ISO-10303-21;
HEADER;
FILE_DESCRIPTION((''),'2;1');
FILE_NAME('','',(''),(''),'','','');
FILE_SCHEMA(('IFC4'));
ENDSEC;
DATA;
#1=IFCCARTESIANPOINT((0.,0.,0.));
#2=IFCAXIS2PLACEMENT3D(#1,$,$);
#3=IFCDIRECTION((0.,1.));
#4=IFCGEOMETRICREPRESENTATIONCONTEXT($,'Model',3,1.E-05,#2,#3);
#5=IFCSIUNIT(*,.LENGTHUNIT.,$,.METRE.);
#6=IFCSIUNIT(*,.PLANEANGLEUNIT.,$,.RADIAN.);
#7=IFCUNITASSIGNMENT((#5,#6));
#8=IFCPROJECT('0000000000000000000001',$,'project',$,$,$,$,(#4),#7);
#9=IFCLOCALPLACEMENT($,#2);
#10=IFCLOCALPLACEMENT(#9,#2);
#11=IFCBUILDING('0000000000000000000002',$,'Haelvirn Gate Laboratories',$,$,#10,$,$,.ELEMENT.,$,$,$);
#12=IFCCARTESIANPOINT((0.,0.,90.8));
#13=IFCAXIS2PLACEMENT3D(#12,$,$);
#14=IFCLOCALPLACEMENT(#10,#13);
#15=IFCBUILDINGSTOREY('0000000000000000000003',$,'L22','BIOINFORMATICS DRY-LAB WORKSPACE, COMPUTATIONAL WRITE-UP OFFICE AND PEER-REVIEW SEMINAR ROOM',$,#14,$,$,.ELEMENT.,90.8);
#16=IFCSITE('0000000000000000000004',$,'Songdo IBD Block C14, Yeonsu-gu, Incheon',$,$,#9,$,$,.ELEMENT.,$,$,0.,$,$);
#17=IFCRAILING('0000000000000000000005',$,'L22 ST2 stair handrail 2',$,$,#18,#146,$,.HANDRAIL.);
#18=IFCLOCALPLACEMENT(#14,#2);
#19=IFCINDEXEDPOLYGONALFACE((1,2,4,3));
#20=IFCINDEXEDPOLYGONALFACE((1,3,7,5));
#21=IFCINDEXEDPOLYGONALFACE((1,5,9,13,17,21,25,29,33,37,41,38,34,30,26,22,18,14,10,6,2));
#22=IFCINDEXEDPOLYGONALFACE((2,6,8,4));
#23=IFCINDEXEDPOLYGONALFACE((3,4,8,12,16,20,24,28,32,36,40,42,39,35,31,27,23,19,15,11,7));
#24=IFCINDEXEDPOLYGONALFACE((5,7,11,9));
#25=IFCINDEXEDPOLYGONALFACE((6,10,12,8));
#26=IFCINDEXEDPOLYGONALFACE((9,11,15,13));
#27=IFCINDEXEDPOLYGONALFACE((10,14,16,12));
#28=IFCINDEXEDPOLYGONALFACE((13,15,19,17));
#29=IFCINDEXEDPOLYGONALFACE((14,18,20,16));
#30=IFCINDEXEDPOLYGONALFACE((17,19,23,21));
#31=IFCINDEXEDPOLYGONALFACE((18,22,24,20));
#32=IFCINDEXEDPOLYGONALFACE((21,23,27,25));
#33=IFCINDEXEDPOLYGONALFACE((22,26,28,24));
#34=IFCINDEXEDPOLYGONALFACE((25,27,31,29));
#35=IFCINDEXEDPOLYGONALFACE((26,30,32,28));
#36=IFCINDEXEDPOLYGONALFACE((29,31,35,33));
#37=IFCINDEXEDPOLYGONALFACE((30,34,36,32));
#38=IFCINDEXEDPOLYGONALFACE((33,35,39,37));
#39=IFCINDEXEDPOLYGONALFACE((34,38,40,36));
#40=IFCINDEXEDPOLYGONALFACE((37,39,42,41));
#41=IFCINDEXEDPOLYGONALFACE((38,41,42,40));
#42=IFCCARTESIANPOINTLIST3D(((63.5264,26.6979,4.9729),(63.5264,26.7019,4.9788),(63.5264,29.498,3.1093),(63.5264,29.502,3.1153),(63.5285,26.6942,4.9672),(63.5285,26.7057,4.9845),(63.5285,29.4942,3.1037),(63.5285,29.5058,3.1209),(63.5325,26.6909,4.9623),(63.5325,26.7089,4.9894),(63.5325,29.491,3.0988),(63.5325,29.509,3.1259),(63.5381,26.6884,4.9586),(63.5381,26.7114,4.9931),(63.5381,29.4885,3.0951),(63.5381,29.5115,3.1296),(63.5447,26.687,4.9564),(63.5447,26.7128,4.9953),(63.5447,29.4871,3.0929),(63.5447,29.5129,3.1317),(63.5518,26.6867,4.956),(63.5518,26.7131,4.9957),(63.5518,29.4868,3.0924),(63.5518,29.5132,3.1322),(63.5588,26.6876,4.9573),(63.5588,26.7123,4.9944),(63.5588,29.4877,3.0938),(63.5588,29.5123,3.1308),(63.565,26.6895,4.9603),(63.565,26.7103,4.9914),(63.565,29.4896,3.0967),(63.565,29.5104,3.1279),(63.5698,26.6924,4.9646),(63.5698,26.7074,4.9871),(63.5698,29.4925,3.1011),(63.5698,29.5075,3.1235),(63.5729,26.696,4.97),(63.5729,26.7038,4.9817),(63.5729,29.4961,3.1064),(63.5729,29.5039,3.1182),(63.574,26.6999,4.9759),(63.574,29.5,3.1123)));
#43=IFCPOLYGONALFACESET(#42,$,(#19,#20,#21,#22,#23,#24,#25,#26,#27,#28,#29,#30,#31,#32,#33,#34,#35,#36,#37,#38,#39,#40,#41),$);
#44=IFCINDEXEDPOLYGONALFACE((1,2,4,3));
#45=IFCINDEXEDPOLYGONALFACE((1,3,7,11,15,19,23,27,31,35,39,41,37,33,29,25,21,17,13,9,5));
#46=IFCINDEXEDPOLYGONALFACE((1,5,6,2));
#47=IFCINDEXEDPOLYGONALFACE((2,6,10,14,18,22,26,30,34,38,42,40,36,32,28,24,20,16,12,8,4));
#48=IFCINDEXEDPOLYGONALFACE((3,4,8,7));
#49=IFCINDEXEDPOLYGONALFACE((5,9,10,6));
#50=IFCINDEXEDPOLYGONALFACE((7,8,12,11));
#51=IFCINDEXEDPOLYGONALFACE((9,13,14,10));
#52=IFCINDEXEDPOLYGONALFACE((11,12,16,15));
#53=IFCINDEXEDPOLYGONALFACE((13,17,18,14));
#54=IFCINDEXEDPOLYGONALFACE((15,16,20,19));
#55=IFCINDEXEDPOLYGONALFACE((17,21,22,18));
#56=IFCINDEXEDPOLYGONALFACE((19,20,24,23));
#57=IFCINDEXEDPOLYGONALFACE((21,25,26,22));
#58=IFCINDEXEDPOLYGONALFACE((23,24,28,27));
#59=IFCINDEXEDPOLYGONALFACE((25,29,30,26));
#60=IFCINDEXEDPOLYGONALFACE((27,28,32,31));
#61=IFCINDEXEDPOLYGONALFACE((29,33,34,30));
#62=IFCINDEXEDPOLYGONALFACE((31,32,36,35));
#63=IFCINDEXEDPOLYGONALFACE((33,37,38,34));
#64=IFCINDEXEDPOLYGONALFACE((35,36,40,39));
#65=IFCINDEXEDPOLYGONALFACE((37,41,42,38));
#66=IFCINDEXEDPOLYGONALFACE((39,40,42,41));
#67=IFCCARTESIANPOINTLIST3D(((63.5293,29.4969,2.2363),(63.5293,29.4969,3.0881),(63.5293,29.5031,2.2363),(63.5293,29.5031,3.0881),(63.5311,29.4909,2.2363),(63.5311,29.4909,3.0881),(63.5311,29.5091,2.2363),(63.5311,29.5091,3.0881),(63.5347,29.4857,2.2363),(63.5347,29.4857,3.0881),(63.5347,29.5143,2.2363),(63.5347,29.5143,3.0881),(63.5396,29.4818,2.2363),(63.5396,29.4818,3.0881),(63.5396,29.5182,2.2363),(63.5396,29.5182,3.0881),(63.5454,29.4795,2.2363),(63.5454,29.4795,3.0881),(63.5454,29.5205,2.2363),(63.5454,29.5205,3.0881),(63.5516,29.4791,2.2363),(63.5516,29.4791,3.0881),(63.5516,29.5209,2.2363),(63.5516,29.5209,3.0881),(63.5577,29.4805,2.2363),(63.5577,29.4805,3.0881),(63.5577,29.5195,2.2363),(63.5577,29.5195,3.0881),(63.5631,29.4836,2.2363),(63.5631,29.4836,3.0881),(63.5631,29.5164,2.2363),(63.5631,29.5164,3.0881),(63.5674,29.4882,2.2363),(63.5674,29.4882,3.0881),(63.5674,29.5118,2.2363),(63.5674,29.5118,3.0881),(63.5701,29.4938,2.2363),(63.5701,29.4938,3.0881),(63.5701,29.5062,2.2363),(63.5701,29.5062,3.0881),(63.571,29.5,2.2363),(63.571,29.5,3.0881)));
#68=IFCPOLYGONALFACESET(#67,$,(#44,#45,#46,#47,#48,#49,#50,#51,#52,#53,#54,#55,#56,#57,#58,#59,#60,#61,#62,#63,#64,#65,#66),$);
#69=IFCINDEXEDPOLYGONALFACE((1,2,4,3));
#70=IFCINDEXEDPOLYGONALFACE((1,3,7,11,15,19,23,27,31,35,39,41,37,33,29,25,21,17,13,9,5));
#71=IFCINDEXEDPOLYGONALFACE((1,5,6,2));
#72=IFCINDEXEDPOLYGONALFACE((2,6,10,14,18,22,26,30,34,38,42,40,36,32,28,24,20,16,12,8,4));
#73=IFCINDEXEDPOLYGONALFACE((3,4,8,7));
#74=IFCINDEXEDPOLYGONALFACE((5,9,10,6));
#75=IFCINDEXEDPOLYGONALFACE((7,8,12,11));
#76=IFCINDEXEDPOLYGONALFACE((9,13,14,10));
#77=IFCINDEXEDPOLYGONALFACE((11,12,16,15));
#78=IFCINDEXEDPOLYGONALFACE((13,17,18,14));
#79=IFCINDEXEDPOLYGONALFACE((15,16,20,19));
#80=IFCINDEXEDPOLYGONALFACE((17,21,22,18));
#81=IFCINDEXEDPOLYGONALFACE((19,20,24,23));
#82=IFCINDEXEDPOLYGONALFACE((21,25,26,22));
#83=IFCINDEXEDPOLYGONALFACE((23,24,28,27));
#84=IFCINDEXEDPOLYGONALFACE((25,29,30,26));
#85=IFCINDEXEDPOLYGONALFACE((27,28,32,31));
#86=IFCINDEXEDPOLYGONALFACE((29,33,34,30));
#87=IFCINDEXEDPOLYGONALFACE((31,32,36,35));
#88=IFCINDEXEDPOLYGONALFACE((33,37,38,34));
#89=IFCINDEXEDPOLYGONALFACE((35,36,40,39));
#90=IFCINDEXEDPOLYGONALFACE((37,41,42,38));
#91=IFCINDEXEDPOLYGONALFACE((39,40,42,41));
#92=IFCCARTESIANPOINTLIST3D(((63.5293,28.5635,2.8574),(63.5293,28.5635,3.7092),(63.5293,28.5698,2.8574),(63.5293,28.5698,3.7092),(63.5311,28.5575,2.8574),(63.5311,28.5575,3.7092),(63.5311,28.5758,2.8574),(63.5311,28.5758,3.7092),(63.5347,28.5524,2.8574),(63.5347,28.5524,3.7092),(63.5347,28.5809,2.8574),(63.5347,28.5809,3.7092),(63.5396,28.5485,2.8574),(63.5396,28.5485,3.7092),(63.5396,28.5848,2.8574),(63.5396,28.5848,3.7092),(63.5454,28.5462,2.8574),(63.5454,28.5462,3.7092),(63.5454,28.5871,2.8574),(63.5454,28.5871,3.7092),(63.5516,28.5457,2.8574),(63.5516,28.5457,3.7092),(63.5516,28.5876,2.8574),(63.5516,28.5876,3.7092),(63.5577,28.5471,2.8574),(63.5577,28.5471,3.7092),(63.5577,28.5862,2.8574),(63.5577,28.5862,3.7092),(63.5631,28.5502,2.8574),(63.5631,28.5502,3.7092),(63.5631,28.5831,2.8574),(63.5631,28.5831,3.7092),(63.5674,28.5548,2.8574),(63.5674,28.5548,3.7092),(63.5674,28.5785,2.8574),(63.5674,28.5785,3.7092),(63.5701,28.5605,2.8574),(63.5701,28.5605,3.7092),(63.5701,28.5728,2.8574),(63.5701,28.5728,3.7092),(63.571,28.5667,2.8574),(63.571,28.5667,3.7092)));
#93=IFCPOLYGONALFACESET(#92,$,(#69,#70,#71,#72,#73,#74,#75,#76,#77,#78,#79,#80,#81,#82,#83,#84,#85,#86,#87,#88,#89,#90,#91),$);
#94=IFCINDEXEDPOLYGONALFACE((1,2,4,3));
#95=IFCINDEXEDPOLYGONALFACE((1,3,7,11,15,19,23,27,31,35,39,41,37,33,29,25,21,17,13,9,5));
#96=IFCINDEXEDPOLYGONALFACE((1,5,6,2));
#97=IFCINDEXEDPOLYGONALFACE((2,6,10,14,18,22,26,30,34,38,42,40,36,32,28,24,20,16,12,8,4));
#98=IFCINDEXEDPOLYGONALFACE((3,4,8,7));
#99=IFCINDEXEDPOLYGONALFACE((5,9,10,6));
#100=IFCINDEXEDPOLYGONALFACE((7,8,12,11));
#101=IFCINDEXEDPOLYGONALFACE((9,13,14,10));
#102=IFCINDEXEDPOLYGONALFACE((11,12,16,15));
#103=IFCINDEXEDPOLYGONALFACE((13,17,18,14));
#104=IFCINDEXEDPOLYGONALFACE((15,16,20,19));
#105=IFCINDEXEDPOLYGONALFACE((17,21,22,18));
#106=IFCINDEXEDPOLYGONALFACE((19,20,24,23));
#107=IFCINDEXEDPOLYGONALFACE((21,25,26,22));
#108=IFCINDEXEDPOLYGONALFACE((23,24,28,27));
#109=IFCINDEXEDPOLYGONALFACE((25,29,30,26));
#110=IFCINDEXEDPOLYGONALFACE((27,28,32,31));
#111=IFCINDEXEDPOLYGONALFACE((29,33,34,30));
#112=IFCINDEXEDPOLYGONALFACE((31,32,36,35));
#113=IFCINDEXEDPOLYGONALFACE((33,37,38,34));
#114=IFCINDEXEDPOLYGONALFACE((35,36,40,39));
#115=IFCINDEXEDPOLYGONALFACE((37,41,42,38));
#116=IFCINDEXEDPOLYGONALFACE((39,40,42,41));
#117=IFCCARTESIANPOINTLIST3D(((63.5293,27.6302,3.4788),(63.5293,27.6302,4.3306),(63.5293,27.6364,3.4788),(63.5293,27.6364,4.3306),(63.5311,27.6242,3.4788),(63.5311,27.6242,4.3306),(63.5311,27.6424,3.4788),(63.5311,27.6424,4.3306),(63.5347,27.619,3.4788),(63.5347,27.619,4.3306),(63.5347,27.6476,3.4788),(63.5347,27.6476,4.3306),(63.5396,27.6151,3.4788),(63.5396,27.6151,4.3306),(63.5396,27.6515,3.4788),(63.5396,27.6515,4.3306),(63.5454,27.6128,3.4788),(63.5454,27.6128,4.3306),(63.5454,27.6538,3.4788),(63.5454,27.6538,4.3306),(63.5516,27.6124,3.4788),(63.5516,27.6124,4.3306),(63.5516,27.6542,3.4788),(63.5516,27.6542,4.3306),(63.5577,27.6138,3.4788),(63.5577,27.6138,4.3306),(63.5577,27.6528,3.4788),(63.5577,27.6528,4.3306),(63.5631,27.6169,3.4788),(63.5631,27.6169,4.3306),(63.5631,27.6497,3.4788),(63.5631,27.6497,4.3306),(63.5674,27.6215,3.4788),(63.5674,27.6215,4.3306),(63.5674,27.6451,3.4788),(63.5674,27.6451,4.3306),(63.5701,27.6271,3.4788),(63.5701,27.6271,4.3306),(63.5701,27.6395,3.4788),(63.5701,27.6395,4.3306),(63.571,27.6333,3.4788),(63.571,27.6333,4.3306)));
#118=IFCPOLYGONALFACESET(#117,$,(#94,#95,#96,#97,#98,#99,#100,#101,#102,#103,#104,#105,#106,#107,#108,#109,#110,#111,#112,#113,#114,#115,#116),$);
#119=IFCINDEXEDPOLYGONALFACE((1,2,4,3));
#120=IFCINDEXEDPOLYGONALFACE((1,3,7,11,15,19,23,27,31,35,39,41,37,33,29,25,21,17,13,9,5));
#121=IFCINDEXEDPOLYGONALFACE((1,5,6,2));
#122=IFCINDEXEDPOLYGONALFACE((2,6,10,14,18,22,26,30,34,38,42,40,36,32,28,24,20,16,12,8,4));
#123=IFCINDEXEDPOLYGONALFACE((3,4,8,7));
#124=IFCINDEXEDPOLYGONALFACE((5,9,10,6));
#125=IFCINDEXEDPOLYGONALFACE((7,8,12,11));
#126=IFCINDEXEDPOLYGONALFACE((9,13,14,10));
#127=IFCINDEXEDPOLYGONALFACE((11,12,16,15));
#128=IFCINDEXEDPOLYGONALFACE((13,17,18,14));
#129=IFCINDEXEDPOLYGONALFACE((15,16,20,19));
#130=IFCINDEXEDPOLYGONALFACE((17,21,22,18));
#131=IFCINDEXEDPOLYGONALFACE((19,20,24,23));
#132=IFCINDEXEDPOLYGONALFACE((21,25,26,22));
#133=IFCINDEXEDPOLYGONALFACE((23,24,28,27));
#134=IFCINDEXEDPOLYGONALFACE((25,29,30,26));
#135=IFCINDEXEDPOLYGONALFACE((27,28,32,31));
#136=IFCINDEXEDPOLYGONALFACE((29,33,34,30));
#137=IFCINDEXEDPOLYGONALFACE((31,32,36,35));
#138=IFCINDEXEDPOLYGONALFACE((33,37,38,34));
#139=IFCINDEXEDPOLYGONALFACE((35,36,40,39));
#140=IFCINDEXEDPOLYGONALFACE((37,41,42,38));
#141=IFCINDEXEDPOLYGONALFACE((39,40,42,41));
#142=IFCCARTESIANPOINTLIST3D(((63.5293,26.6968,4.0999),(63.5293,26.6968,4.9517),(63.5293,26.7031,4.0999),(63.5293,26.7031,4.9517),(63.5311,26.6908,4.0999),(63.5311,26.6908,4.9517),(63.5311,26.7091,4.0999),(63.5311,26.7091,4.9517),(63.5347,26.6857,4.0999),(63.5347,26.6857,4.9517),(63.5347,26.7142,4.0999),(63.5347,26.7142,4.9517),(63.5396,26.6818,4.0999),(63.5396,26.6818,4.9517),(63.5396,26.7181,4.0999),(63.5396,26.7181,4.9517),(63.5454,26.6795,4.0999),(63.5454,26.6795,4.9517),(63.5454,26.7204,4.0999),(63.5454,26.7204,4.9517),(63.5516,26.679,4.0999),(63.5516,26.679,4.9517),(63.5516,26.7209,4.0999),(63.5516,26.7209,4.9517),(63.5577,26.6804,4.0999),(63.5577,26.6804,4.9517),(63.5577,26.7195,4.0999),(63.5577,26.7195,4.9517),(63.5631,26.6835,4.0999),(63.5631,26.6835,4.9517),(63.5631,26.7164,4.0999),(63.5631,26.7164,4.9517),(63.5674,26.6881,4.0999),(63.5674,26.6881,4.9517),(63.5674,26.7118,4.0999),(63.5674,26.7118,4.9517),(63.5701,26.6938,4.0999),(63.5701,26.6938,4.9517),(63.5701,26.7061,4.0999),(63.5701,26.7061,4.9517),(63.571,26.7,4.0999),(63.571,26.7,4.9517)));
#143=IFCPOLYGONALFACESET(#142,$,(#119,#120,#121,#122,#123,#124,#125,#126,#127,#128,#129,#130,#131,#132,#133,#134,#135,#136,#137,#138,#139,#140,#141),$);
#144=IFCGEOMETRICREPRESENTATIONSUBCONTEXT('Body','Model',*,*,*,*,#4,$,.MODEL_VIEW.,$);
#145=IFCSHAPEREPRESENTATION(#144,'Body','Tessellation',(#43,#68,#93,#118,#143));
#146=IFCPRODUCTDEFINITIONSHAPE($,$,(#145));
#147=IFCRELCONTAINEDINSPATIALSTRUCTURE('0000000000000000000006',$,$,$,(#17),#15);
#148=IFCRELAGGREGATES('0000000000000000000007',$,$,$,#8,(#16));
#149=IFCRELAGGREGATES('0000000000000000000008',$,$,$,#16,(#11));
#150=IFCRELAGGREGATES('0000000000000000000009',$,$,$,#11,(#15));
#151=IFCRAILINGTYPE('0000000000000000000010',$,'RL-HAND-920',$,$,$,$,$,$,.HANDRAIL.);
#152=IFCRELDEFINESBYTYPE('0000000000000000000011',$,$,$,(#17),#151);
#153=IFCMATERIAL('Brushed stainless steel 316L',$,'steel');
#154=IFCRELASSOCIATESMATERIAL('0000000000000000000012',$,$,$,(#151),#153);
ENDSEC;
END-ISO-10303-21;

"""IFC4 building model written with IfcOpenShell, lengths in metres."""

from ifc_helpers import new_model, si_unit, direction, frame, origin, origin_2d, place, context, subcontext, project, spatial, circle, extrude, source, transform, mapped, material, type_object, element, save


model = new_model("IFC4")

# Units and contexts
model_context = context("Model", 3, precision=1e-05, world=origin(), true_north=direction((0.0, 1.0)))
body_context = subcontext(model_context, "Body", "Model", "MODEL_VIEW")
ifc_project = project(units=[si_unit("LENGTHUNIT", "METRE"), si_unit("PLANEANGLEUNIT", "RADIAN")], contexts=[model_context])

# Site, building, storey
site_placement = place(None, origin())
site = spatial("IfcSite", under=ifc_project, at=site_placement, Name="Songdo IBD Block C14, Yeonsu-gu, Incheon", CompositionType="ELEMENT", RefElevation=0.0)
building_placement = place(site_placement, origin())
building = spatial("IfcBuilding", under=site, at=building_placement, Name="Haelvirn Gate Laboratories", CompositionType="ELEMENT")
storey_placement = place(building_placement, frame((0.0, 0.0, 90.8)))
storey = spatial("IfcBuildingStorey", under=building, at=storey_placement, Name="L22", Description="BIOINFORMATICS DRY-LAB WORKSPACE, COMPUTATIONAL WRITE-UP OFFICE AND PEER-REVIEW SEMINAR ROOM", CompositionType="ELEMENT", Elevation=90.8)

# Railing
ifc_material_1 = material(Name="Brushed stainless steel 316L", Category="steel")
railing_type_1 = type_object("IfcRailingType", Name="RL-HAND-920", PredefinedType="HANDRAIL", material=ifc_material_1)
shared_shape_1 = source(origin(), body_context, "Body", "SweptSolid", [
    extrude(circle(Radius=0.0239, at=origin_2d()), frame((0.0, 0.0, 0.876), z_axis=(0.0, -0.832486, 0.554047), x_axis=(1.0, 0.0, 0.0)), (0.0, 0.0, 1.0), 3.3635),
    extrude(circle(Radius=0.021, at=origin_2d()), origin(), (0.0, 0.0, 1.0), 0.8518),
    extrude(circle(Radius=0.021, at=origin_2d()), frame((0.0, -0.9333, 0.6211)), (0.0, 0.0, 1.0), 0.8518),
    extrude(circle(Radius=0.021, at=origin_2d()), frame((0.0, -1.8667, 1.2424)), (0.0, 0.0, 1.0), 0.8518),
    extrude(circle(Radius=0.021, at=origin_2d()), frame((0.0, -2.8, 1.8635)), (0.0, 0.0, 1.0), 0.8518),
])
railing_1_placement = place(storey_placement, frame((63.55, 29.5, 2.2363)))
element("IfcRailing", 1, at=railing_1_placement, inside=storey, type_object=railing_type_1, Name="L22 ST2 stair handrail 2", PredefinedType="HANDRAIL", context=body_context, shape_type="MappedRepresentation", body=[
    mapped(shared_shape_1, transform((0.0, 0.0, 0.0), scale=1.0)),
])

save(model, "model.ifc")
